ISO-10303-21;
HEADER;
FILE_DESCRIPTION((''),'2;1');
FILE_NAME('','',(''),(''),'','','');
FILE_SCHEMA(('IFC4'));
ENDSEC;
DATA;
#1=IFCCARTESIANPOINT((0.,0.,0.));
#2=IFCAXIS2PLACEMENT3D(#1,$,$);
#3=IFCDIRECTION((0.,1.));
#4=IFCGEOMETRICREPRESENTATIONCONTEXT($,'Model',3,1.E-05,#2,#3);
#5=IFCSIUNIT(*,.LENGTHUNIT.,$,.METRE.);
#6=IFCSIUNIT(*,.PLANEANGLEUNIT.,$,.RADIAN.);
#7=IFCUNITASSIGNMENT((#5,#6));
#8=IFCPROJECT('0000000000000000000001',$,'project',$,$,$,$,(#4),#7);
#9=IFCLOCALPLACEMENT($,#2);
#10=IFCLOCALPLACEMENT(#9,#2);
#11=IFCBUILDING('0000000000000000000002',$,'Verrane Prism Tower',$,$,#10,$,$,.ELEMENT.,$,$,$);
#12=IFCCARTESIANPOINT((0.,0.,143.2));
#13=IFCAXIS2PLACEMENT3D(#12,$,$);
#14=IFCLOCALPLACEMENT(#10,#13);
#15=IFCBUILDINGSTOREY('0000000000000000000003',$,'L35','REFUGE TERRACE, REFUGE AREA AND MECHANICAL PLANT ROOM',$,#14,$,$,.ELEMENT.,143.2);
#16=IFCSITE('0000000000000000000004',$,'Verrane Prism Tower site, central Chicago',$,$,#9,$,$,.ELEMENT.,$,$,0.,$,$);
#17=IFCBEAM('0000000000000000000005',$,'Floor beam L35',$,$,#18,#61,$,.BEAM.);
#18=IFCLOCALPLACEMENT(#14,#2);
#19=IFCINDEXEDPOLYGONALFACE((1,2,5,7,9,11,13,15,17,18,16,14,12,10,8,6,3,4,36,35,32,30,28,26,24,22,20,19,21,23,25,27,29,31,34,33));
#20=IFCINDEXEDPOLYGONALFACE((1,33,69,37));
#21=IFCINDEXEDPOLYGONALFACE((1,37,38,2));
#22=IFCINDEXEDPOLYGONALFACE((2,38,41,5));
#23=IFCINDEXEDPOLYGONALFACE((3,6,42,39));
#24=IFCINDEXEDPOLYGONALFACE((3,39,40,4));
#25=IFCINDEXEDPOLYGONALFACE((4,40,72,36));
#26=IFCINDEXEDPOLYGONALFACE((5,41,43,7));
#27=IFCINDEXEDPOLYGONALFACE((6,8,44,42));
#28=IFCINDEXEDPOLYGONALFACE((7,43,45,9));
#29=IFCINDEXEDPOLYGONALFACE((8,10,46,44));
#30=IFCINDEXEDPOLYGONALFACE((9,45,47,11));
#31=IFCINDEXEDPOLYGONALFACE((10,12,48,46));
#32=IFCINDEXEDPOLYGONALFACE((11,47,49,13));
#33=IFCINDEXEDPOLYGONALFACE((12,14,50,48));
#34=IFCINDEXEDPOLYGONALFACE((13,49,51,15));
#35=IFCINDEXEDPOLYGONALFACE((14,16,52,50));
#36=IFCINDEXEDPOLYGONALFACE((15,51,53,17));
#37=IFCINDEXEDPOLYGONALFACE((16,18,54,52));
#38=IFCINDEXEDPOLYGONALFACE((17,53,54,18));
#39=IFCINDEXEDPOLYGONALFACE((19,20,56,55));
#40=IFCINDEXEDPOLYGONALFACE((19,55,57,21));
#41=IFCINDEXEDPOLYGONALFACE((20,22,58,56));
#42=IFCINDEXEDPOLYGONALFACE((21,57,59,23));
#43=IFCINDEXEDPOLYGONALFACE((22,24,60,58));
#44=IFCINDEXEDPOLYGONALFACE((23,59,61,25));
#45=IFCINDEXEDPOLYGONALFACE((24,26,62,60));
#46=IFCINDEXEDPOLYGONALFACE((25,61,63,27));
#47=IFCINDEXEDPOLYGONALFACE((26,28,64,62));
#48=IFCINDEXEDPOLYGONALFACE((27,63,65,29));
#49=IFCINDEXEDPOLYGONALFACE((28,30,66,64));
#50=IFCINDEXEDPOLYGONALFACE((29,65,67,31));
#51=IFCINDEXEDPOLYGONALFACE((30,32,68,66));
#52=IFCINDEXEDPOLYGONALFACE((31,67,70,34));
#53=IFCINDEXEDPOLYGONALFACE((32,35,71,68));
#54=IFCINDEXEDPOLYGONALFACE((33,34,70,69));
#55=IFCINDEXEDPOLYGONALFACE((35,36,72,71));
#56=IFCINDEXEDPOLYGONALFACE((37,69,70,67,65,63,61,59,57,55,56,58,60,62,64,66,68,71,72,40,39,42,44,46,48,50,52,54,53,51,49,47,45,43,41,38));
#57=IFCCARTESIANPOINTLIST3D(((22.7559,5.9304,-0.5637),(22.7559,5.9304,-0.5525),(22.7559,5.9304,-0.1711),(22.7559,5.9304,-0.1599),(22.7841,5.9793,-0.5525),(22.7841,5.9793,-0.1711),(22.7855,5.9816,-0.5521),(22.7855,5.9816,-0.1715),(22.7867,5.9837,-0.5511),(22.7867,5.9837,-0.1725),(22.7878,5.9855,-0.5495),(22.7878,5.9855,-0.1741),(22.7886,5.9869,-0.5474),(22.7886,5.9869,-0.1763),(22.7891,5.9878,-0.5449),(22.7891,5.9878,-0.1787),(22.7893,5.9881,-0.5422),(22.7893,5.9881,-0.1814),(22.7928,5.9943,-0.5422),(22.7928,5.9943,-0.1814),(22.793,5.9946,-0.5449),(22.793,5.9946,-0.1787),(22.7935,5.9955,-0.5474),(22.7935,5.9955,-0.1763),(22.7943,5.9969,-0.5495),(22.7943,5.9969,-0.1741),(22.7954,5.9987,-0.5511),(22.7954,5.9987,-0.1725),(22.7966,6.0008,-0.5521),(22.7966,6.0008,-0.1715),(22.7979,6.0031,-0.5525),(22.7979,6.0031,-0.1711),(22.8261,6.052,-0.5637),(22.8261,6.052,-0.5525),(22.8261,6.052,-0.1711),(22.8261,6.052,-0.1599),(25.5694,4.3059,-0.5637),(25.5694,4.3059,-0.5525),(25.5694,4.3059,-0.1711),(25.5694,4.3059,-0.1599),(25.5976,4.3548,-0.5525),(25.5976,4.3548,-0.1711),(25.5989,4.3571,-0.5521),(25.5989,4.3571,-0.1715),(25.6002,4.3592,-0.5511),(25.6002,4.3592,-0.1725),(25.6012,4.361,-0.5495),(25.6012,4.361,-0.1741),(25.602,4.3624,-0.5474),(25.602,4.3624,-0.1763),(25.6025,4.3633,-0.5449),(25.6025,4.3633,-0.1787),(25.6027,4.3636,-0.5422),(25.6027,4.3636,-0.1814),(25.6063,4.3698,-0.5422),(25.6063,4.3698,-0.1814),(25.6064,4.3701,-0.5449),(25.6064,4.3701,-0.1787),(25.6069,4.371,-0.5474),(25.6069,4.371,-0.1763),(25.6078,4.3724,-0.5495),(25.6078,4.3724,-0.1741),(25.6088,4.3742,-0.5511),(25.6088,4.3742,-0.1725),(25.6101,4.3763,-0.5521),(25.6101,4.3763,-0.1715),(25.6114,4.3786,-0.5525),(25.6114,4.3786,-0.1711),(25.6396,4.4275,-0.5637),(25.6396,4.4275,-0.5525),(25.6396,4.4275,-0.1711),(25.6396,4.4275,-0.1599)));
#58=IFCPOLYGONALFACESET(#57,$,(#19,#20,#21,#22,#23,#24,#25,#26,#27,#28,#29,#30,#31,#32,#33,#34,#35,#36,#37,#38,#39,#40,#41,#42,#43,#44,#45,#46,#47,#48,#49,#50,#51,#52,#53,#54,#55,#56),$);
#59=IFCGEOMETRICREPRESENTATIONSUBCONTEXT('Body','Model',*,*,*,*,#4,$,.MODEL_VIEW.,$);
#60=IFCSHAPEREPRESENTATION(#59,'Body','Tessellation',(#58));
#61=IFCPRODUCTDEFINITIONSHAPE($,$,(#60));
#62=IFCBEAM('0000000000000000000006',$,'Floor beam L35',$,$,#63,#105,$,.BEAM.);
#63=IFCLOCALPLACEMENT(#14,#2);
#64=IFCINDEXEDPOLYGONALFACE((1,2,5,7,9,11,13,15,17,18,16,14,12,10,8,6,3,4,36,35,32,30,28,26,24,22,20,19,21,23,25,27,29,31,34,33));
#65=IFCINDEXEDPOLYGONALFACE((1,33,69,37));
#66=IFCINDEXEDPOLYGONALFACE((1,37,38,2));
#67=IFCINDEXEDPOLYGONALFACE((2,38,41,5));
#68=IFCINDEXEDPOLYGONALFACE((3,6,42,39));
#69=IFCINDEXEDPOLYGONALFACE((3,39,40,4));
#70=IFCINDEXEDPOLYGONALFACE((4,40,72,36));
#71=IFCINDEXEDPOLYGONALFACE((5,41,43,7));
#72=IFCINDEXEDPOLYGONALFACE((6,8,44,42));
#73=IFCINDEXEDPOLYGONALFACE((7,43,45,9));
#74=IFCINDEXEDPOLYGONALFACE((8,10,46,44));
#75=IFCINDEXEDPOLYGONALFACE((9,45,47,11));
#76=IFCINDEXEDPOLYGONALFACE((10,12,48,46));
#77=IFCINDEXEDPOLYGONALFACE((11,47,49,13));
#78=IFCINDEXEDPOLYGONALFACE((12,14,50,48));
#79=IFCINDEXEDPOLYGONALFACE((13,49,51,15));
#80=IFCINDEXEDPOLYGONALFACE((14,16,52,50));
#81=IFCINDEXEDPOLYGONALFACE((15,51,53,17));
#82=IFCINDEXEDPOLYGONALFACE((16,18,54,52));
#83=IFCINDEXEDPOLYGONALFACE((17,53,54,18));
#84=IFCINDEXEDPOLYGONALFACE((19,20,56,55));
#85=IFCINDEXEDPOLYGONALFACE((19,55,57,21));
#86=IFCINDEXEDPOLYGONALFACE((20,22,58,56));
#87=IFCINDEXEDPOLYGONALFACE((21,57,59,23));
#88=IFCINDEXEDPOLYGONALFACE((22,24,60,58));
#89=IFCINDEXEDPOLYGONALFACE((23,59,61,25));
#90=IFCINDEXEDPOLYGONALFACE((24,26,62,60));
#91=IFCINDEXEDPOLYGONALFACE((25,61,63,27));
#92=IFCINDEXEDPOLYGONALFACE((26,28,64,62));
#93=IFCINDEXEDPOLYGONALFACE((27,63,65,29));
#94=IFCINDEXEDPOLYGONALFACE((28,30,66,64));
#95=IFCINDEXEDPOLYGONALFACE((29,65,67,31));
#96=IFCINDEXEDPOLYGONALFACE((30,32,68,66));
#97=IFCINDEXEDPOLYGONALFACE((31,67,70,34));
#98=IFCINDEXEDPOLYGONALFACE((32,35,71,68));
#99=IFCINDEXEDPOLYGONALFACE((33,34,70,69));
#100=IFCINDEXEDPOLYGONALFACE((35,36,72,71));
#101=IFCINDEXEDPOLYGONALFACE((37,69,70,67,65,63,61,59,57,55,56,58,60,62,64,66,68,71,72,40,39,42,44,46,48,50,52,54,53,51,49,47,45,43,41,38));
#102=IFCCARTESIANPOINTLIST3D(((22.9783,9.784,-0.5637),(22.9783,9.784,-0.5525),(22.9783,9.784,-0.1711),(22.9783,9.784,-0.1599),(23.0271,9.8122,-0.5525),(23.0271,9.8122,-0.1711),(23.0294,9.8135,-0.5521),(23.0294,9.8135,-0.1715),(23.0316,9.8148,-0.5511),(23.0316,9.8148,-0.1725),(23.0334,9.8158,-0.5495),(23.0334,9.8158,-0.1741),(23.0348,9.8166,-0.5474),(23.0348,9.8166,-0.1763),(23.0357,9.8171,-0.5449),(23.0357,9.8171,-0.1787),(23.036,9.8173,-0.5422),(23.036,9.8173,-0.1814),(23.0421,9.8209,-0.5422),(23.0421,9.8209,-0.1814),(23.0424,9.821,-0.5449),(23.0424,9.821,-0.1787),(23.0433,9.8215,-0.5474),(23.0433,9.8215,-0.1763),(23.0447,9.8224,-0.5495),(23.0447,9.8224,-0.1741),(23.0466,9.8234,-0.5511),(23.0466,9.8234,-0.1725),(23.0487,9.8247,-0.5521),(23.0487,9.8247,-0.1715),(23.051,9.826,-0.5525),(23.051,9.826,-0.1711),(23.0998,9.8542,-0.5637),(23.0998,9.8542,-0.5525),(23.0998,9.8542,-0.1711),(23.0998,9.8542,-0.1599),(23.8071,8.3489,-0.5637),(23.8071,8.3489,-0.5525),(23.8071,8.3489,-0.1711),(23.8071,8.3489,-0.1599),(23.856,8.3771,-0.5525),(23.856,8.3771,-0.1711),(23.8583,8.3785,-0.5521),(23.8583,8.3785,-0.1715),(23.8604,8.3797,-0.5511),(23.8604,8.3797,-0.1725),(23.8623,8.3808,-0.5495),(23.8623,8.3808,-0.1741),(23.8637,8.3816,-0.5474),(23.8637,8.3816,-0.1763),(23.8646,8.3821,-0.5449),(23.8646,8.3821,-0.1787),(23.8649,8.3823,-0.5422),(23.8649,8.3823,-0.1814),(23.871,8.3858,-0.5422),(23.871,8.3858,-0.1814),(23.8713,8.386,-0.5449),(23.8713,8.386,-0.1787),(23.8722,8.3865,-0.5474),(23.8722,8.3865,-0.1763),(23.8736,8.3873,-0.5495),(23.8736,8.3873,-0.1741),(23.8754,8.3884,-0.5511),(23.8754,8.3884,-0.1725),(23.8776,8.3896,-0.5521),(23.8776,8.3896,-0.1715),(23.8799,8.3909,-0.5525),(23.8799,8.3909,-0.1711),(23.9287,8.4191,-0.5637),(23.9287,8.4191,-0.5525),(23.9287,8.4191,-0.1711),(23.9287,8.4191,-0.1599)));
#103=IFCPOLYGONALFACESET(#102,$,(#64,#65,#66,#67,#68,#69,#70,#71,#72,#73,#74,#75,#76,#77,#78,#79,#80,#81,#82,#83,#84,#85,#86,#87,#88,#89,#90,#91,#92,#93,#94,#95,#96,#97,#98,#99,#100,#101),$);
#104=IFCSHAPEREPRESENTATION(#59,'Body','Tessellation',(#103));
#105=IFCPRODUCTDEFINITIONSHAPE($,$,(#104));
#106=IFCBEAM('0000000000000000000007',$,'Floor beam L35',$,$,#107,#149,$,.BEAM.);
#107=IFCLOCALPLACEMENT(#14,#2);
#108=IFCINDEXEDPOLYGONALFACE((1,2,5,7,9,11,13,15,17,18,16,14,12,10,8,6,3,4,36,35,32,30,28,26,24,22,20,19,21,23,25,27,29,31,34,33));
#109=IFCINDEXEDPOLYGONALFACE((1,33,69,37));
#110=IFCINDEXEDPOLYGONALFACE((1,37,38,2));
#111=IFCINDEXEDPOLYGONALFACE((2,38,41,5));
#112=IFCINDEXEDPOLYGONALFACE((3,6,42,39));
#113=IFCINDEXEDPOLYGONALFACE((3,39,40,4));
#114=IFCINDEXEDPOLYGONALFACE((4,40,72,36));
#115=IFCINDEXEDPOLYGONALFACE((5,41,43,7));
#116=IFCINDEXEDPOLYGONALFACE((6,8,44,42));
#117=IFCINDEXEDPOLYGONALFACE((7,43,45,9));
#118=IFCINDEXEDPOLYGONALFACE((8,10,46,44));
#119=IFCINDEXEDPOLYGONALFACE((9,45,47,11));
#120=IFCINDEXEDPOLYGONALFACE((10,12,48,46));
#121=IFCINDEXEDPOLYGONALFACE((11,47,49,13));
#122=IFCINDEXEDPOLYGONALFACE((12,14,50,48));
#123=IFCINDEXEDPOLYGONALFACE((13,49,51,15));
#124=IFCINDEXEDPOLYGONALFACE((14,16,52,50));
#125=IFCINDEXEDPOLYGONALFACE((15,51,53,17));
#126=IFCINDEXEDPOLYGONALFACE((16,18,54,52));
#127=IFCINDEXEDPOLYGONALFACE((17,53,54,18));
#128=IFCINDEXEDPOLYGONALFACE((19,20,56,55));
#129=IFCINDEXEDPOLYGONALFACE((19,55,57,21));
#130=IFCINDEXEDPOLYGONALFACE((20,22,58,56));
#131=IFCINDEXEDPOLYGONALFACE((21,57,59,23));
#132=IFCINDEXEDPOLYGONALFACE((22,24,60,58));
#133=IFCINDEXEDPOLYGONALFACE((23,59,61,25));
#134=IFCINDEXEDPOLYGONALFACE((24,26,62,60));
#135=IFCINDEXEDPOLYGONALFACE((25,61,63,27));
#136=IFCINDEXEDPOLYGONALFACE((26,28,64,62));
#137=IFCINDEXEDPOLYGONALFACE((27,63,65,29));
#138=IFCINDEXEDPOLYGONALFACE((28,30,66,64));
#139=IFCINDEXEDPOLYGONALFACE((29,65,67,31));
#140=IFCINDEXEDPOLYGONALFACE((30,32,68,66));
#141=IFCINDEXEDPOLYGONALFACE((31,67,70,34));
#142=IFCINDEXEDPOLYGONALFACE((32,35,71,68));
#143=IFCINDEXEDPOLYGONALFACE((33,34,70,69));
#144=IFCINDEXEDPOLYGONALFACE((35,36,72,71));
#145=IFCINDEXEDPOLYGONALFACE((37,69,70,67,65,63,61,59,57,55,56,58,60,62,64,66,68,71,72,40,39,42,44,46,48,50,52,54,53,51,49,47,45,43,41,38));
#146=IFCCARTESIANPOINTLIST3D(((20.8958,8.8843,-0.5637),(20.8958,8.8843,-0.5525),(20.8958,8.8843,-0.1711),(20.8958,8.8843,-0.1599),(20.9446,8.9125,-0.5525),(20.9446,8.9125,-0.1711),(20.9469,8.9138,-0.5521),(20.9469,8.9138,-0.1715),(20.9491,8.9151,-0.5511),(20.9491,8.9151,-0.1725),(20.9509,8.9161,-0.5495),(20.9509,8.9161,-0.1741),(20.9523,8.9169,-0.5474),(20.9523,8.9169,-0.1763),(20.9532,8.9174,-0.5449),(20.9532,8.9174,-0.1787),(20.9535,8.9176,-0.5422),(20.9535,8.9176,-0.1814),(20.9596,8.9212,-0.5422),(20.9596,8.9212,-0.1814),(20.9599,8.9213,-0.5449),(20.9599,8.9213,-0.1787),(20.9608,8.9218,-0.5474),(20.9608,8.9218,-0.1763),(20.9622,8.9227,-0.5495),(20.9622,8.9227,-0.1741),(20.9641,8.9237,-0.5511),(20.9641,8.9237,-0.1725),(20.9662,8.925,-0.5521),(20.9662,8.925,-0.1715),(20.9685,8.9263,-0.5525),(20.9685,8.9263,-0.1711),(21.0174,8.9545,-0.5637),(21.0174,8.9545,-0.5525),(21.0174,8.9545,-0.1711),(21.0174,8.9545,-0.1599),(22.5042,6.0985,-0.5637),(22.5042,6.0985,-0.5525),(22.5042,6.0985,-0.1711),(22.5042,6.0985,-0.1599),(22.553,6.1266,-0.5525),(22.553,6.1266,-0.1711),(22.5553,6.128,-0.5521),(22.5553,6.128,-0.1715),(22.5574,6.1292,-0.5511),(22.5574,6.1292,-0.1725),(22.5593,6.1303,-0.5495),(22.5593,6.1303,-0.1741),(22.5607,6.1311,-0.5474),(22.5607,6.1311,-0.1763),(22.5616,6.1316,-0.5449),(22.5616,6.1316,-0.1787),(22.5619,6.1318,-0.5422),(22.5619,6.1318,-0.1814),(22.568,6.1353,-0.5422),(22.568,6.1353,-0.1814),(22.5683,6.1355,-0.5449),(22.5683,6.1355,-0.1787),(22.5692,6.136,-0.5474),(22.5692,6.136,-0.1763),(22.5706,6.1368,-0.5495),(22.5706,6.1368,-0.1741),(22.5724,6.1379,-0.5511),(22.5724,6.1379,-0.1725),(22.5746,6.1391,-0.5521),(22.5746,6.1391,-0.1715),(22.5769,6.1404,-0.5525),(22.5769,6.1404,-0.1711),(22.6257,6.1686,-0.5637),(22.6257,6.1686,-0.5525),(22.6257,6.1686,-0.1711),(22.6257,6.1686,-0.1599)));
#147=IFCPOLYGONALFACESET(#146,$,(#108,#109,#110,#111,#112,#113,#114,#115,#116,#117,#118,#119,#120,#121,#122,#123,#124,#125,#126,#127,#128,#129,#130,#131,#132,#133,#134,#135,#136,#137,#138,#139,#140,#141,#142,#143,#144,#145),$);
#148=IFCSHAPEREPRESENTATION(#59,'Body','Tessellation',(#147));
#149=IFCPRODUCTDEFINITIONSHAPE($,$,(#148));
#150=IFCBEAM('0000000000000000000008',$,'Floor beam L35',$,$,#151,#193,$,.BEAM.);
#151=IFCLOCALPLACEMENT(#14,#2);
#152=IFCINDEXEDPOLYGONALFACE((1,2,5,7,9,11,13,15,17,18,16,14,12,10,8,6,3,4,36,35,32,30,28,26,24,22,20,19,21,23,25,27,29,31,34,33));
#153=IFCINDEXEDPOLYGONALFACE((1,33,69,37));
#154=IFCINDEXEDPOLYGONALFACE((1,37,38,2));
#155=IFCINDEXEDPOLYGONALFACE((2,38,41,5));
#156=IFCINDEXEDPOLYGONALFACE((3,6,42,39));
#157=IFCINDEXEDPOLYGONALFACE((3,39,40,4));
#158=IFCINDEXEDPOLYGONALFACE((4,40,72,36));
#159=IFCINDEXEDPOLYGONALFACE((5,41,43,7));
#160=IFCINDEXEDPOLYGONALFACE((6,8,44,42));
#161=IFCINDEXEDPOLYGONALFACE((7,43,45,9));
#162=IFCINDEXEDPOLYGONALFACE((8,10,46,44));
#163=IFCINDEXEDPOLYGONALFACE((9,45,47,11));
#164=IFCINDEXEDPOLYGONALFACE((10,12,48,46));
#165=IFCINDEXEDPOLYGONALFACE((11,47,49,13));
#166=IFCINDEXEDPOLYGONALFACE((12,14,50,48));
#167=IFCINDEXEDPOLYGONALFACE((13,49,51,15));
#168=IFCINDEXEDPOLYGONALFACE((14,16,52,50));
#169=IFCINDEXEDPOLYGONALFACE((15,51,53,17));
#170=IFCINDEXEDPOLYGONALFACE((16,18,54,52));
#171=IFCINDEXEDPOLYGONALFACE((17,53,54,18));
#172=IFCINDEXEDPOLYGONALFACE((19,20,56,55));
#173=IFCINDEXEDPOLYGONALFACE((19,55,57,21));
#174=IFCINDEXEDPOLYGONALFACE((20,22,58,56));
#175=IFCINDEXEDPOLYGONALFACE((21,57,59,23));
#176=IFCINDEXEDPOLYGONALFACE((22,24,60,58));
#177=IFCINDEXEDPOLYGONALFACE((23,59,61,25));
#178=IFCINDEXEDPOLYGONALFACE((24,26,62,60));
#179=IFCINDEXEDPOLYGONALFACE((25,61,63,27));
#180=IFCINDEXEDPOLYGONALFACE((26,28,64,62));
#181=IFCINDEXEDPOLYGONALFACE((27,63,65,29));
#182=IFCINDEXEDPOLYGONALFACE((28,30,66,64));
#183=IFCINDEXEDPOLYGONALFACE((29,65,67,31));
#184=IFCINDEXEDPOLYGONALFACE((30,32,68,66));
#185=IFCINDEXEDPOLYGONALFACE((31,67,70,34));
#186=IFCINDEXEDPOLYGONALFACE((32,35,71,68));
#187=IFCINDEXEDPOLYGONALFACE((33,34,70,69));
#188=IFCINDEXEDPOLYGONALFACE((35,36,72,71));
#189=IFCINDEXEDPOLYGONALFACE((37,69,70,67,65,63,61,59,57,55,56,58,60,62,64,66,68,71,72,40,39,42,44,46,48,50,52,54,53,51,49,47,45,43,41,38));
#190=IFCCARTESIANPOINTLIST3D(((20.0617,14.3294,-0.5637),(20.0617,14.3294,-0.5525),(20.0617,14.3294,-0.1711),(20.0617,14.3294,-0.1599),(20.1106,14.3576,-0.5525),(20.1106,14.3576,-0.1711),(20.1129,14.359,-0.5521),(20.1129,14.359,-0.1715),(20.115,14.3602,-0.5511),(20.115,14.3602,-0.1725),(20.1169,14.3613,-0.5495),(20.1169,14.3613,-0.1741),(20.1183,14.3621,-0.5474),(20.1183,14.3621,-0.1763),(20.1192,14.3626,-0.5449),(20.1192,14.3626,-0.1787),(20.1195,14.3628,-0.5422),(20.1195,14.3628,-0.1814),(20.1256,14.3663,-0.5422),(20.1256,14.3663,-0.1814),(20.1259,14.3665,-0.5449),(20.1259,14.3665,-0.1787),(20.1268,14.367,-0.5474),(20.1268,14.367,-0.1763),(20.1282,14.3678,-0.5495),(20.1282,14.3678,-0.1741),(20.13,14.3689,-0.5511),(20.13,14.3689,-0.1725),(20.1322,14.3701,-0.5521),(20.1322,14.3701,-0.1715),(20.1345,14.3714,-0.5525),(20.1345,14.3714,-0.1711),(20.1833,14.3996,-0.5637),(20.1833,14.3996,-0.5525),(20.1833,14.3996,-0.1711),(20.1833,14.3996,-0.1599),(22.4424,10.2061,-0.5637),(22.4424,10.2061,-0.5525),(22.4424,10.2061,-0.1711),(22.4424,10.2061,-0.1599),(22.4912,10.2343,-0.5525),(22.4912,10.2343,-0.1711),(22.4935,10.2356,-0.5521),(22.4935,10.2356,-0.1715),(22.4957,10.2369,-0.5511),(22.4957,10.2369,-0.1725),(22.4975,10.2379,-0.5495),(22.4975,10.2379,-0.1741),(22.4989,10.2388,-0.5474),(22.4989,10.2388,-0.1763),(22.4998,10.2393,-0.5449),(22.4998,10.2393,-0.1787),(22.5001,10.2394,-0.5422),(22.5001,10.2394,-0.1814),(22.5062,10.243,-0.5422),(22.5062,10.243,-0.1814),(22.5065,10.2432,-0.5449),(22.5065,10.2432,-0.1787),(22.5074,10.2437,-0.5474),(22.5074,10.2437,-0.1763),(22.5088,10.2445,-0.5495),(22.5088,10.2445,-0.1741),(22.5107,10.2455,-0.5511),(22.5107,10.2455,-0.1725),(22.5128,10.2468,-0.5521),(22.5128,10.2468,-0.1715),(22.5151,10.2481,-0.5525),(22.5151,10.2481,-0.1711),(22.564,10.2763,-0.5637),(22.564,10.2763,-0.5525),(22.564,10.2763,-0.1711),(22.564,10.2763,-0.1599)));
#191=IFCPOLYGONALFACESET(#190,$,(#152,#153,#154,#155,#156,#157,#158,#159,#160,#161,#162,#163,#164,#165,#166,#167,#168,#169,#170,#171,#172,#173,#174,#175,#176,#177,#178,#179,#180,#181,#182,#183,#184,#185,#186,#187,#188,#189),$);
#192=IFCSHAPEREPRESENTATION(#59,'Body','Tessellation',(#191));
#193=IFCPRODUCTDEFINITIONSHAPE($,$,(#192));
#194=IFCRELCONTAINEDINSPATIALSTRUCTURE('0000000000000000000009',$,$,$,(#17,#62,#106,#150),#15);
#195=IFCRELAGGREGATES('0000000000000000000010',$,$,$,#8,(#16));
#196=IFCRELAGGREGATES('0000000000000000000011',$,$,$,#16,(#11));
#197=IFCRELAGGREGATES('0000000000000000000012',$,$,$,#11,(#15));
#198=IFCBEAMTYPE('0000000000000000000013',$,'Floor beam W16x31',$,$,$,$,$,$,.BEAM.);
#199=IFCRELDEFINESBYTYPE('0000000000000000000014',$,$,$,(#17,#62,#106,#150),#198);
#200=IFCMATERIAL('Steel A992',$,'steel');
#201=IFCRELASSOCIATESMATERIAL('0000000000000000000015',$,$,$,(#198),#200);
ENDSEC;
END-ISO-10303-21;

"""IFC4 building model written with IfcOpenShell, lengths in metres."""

from ifc_helpers import new_model, si_unit, direction, frame, origin, origin_2d, place, context, subcontext, project, spatial, i_section, extrude, material, material_profile, profile_set, type_object, element, save


model = new_model("IFC4")

# Units and contexts
model_context = context("Model", 3, precision=1e-05, world=origin(), true_north=direction((0.0, 1.0)))
body_context = subcontext(model_context, "Body", "Model", "MODEL_VIEW")
ifc_project = project(units=[si_unit("LENGTHUNIT", "METRE"), si_unit("PLANEANGLEUNIT", "RADIAN")], contexts=[model_context])

# Site, building, storey
site_placement = place(None, origin())
site = spatial("IfcSite", under=ifc_project, at=site_placement, Name="Verrane Prism Tower site, central Chicago", CompositionType="ELEMENT", RefElevation=0.0)
building_placement = place(site_placement, origin())
building = spatial("IfcBuilding", under=site, at=building_placement, Name="Verrane Prism Tower", CompositionType="ELEMENT")
storey_placement = place(building_placement, frame((0.0, 0.0, 143.2)))
storey = spatial("IfcBuildingStorey", under=building, at=storey_placement, Name="L35", Description="REFUGE TERRACE, REFUGE AREA AND MECHANICAL PLANT ROOM", CompositionType="ELEMENT", Elevation=143.2)

# Beams
ifc_material_1 = material(Name="Steel A992", Category="steel")
ifc_material_profile_1 = material_profile(ifc_material_1, i_section(OverallWidth=0.1404, OverallDepth=0.4038, WebThickness=0.0071, FlangeThickness=0.0112, FilletRadius=0.0103, at=origin_2d()), Name="W16x31")
ifc_profile_set_1 = profile_set([ifc_material_profile_1], Name="Steel A992")
beam_type_1 = type_object("IfcBeamType", Name="Floor beam W16x31", PredefinedType="BEAM", material=ifc_profile_set_1)
beam_1_placement = place(storey_placement, frame((25.6045, 4.3667, -0.3618), z_axis=(-0.866005, 0.500035, 0.0), x_axis=(-0.500035, -0.866005, 0.0)))
element("IfcBeam", 1, at=beam_1_placement, inside=storey, type_object=beam_type_1, Name="Floor beam L35", PredefinedType="BEAM", context=body_context, shape_type="SweptSolid", body=[
    extrude(i_section(OverallWidth=0.1404, OverallDepth=0.4038, WebThickness=0.0071, FlangeThickness=0.0112, FilletRadius=0.0103, at=origin_2d()), origin(), (0.0, 0.0, 1.0), 3.2488),
])
beam_2_placement = place(storey_placement, frame((23.8679, 8.384, -0.3618), z_axis=(-0.500148, 0.86594, 0.0), x_axis=(-0.86594, -0.500148, 0.0)))
element("IfcBeam", 2, at=beam_2_placement, inside=storey, type_object=beam_type_1, Name="Floor beam L35", PredefinedType="BEAM", context=body_context, shape_type="SweptSolid", body=[
    extrude(i_section(OverallWidth=0.1404, OverallDepth=0.4038, WebThickness=0.0071, FlangeThickness=0.0112, FilletRadius=0.0103, at=origin_2d()), origin(), (0.0, 0.0, 1.0), 1.6572),
])
beam_3_placement = place(storey_placement, frame((22.5649, 6.1335, -0.3618), z_axis=(-0.499992, 0.86603, 0.0), x_axis=(-0.86603, -0.499992, 0.0)))
element("IfcBeam", 3, at=beam_3_placement, inside=storey, type_object=beam_type_1, Name="Floor beam L35", PredefinedType="BEAM", context=body_context, shape_type="SweptSolid", body=[
    extrude(i_section(OverallWidth=0.1404, OverallDepth=0.4038, WebThickness=0.0071, FlangeThickness=0.0112, FilletRadius=0.0103, at=origin_2d()), origin(), (0.0, 0.0, 1.0), 3.2168),
])
beam_4_placement = place(storey_placement, frame((22.5032, 10.2412, -0.3618), z_axis=(-0.500005, 0.866022, 0.0), x_axis=(-0.866022, -0.500005, 0.0)))
element("IfcBeam", 4, at=beam_4_placement, inside=storey, type_object=beam_type_1, Name="Floor beam L35", PredefinedType="BEAM", context=body_context, shape_type="SweptSolid", body=[
    extrude(i_section(OverallWidth=0.1404, OverallDepth=0.4038, WebThickness=0.0071, FlangeThickness=0.0112, FilletRadius=0.0103, at=origin_2d()), origin(), (0.0, 0.0, 1.0), 4.7612),
])

save(model, "model.ifc")
